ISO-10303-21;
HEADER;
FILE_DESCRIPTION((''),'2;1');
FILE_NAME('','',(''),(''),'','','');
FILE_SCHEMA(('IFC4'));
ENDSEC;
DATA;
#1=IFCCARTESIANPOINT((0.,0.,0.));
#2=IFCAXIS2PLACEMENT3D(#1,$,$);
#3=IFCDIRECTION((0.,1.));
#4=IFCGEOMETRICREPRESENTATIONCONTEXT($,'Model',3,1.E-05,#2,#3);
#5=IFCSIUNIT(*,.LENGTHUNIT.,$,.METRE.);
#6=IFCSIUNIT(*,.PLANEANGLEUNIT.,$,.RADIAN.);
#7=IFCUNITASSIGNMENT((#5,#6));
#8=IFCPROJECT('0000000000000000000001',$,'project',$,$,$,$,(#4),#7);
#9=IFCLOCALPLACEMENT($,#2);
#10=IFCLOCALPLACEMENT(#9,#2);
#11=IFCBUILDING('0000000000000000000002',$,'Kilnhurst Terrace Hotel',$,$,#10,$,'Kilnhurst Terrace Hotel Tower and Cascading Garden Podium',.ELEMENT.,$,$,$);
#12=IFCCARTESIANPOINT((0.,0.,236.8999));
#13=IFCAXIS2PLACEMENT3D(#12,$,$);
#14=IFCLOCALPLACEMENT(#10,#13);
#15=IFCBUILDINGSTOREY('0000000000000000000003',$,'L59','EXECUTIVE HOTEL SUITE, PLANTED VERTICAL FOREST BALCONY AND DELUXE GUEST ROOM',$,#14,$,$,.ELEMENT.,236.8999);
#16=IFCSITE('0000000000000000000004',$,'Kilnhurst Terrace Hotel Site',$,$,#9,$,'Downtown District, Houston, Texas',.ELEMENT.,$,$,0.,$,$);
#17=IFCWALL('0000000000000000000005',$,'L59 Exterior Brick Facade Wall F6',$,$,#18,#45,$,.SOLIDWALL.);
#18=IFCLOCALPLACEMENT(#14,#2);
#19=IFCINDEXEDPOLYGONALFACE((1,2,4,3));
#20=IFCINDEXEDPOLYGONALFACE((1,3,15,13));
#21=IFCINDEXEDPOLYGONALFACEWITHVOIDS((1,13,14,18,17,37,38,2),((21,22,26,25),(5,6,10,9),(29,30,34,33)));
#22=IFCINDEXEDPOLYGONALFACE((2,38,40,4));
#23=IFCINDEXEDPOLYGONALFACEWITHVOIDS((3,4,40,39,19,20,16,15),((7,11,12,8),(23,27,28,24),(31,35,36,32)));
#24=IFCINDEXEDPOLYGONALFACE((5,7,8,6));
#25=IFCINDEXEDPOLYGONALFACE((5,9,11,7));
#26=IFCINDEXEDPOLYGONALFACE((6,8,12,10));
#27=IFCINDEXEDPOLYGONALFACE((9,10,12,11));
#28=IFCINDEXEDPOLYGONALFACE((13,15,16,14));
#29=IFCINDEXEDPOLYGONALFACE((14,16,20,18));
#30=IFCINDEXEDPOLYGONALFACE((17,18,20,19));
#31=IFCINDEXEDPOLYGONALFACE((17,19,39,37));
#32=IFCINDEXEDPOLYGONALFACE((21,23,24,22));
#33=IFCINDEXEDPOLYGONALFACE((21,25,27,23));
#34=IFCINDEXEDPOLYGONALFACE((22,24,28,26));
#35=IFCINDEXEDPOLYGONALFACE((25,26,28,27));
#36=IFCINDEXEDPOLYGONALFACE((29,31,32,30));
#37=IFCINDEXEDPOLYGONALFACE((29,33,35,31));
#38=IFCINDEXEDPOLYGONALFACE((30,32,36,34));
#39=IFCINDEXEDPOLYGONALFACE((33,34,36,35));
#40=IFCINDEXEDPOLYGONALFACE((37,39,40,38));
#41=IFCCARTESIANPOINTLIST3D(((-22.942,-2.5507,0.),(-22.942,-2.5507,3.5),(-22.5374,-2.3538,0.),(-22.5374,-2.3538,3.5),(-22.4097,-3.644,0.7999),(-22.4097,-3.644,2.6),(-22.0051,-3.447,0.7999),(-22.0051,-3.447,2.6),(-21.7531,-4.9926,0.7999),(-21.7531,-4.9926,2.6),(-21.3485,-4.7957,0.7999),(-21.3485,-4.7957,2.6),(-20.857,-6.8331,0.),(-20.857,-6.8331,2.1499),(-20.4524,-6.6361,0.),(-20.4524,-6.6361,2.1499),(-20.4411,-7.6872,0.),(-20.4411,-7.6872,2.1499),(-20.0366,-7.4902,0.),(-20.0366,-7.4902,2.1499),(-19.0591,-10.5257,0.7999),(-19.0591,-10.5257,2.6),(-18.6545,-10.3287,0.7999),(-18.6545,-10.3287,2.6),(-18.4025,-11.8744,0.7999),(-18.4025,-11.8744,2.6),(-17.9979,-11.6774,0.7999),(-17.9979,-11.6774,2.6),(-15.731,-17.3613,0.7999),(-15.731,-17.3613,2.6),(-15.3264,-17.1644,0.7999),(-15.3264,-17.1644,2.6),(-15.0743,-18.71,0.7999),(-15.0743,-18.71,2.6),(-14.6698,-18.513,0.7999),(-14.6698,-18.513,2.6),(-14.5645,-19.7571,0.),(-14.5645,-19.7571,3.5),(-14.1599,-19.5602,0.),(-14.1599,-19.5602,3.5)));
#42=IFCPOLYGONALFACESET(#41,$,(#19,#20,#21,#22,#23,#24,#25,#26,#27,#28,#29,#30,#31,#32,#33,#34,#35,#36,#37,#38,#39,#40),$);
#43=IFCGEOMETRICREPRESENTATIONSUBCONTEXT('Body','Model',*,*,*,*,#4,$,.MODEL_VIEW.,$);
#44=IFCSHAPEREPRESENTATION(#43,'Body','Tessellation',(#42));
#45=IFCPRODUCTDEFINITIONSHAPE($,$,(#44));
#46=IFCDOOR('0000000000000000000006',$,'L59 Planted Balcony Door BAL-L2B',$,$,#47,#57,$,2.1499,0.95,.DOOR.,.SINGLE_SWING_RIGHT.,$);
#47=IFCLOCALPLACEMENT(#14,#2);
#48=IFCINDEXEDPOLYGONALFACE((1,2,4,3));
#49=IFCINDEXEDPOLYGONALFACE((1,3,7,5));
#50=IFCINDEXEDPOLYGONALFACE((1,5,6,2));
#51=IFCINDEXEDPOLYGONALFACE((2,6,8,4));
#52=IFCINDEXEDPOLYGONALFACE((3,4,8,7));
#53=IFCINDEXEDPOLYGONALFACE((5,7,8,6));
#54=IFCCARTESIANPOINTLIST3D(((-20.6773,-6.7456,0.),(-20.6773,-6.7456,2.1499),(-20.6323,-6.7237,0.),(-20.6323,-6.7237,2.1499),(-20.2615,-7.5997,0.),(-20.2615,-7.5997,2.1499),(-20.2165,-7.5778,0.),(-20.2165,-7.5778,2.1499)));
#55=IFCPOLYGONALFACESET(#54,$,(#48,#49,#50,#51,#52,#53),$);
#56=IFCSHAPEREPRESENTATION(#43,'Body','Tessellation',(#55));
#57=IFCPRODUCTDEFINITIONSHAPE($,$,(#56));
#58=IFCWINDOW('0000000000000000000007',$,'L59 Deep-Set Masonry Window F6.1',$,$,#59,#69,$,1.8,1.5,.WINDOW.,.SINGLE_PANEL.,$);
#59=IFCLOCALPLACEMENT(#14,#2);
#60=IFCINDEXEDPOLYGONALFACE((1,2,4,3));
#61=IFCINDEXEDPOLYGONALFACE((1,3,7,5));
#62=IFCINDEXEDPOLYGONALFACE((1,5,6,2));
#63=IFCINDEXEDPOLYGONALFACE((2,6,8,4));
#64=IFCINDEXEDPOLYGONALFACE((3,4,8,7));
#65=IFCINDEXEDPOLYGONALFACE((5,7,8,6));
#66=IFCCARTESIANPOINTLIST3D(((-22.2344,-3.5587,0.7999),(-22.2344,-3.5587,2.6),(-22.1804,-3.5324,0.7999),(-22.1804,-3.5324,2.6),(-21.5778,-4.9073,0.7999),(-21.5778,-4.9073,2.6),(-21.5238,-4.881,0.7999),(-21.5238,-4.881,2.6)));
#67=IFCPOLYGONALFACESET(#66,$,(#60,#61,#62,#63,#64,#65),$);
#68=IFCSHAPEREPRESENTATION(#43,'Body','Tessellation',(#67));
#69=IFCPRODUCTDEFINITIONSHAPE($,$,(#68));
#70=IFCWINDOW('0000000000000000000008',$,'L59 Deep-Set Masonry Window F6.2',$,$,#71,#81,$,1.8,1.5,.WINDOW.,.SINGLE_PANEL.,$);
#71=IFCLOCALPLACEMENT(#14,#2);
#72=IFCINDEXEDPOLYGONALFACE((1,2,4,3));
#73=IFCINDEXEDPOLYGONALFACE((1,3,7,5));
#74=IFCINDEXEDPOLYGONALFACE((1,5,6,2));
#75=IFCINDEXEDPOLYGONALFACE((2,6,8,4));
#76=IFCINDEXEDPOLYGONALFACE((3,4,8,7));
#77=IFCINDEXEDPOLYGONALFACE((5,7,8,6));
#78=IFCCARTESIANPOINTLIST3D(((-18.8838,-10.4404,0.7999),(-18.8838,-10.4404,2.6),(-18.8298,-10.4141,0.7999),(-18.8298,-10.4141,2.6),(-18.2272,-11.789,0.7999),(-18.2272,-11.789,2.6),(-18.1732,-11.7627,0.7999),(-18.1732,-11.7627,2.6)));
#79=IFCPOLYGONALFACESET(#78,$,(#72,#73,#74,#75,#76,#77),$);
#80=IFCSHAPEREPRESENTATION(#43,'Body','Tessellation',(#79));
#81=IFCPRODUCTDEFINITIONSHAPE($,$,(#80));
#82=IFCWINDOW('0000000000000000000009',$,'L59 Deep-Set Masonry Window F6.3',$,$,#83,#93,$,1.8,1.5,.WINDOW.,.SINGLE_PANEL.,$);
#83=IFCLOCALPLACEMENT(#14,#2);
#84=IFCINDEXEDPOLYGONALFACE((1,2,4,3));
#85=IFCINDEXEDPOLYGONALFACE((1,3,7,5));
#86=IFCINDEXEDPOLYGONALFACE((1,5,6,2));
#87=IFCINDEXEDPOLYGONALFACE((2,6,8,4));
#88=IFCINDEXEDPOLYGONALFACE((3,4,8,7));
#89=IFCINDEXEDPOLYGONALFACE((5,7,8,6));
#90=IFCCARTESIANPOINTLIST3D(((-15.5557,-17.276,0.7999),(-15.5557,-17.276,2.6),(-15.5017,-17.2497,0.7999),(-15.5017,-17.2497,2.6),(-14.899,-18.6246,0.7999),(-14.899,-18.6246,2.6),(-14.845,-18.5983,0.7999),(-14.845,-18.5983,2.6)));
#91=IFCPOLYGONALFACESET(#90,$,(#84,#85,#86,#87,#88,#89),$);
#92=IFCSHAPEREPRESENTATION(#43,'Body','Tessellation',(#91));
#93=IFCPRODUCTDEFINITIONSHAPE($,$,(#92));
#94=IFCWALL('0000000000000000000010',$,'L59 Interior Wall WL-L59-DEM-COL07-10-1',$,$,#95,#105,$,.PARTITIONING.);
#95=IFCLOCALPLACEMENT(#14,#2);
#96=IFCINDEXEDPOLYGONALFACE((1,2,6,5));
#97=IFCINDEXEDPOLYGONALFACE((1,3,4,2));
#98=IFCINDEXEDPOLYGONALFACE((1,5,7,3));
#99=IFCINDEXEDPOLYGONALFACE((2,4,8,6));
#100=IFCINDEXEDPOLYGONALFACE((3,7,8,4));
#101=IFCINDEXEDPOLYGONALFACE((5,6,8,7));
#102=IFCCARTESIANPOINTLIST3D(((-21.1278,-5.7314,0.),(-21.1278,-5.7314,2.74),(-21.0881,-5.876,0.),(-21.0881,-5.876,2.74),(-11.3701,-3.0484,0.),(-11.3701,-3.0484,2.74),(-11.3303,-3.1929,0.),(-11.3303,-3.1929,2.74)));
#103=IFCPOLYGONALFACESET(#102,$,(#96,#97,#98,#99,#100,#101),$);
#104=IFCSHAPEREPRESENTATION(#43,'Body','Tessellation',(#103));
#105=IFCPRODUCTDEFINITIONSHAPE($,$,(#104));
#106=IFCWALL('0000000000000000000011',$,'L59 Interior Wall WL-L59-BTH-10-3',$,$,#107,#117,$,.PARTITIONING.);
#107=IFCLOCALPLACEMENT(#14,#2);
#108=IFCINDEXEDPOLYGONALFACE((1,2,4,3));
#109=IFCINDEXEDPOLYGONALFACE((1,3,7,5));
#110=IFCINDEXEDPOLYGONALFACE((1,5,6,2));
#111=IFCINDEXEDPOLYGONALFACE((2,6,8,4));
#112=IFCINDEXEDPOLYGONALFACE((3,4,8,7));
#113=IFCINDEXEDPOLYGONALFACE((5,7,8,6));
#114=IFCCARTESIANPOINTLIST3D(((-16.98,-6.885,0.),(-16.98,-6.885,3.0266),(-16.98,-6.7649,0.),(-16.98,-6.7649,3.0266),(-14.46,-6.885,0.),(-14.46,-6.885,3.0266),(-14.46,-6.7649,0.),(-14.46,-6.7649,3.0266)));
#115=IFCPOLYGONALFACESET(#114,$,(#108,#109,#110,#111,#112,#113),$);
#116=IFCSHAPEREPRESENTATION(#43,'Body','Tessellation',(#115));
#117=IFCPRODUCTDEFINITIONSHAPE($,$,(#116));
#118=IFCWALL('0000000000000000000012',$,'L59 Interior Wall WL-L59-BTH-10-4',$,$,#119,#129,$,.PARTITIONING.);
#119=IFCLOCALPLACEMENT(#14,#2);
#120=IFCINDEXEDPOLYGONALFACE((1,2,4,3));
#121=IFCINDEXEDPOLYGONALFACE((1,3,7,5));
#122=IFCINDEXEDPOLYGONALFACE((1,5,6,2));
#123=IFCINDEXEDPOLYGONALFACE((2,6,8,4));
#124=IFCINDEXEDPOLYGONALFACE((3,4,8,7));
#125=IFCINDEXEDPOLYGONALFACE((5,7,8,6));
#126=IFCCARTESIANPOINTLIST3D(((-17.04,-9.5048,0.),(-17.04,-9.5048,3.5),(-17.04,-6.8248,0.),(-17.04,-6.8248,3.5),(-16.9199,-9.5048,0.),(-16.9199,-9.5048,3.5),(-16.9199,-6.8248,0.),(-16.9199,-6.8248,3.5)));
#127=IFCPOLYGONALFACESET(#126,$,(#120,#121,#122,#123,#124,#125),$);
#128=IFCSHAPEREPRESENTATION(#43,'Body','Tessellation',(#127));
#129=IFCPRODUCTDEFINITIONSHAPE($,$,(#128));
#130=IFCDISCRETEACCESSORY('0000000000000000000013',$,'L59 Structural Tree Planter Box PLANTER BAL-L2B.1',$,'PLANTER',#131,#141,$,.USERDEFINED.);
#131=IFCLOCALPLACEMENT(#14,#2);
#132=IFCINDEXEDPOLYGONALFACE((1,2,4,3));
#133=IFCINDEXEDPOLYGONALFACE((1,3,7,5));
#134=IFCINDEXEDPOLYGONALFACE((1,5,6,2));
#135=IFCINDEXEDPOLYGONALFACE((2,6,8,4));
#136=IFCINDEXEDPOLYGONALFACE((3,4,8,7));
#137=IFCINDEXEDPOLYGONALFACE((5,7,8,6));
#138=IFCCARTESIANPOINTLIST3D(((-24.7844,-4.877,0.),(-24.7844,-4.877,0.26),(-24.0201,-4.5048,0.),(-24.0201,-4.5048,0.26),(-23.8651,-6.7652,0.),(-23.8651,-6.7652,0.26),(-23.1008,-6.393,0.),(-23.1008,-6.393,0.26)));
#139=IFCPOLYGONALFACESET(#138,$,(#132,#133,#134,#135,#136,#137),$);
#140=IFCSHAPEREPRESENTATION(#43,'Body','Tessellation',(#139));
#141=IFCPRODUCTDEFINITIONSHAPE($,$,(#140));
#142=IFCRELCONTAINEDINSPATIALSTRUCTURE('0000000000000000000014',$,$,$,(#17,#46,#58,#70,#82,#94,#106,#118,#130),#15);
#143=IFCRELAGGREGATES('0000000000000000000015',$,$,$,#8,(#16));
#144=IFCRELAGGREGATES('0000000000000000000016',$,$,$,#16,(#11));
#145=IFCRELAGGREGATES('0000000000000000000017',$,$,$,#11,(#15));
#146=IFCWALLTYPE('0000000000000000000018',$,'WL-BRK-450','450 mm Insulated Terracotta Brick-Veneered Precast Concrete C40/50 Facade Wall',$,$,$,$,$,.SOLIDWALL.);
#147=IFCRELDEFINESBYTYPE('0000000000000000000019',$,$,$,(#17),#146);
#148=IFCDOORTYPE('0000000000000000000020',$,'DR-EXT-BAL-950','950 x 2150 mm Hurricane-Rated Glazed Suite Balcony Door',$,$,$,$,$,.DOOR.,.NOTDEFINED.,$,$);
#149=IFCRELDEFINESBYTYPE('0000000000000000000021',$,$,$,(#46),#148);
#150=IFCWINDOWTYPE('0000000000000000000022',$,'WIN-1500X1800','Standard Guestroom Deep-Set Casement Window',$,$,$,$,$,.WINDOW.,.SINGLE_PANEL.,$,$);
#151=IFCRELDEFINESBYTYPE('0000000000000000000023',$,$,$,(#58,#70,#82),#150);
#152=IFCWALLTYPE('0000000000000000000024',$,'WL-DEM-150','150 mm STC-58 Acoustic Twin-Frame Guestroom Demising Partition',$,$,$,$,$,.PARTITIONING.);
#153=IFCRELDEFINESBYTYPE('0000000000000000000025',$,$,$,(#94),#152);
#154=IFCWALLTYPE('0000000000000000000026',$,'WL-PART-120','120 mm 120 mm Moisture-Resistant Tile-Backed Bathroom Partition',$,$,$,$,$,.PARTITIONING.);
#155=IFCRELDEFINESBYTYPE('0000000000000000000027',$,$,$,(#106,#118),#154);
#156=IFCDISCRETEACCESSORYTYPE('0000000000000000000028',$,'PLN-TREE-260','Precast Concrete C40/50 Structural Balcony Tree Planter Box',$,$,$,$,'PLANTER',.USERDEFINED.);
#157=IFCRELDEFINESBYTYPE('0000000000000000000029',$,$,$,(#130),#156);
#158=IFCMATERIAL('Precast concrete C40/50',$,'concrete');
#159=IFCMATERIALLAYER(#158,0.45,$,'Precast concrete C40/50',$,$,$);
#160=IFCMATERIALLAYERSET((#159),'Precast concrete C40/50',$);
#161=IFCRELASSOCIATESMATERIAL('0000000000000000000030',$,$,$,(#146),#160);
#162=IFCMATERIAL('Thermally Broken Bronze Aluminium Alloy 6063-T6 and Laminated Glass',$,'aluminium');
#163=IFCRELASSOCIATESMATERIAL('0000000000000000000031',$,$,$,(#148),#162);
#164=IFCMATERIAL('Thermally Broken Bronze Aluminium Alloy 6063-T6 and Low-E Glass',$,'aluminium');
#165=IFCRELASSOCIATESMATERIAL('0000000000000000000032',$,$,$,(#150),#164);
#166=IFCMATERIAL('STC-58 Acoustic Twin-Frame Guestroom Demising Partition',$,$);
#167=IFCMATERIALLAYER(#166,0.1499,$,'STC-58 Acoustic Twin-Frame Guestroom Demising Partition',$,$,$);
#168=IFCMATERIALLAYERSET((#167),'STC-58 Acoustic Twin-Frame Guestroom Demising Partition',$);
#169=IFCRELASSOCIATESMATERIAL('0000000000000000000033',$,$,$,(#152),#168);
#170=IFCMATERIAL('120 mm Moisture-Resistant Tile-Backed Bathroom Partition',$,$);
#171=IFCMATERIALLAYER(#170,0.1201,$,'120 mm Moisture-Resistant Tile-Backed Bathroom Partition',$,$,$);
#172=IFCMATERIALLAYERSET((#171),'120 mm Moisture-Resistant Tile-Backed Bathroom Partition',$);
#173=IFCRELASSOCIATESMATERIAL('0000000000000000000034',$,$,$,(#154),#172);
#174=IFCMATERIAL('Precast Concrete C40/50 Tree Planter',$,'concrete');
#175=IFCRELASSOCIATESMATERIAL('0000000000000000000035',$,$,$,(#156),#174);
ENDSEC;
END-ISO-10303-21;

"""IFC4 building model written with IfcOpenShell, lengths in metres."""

from ifc_helpers import new_model, si_unit, direction, frame, frame_2d, origin, origin_2d, place, context, subcontext, project, spatial, rectangle, extrude, material, layer, layer_set, type_object, element, fill, save


model = new_model("IFC4")

# Units and contexts
model_context = context("Model", 3, precision=1e-05, world=origin(), true_north=direction((0.0, 1.0)))
body_context = subcontext(model_context, "Body", "Model", "MODEL_VIEW")
ifc_project = project(units=[si_unit("LENGTHUNIT", "METRE"), si_unit("PLANEANGLEUNIT", "RADIAN")], contexts=[model_context])

# Site, building, storey
site_placement = place(None, origin())
site = spatial("IfcSite", under=ifc_project, at=site_placement, Name="Kilnhurst Terrace Hotel Site", LongName="Downtown District, Houston, Texas", CompositionType="ELEMENT", RefElevation=0.0)
building_placement = place(site_placement, origin())
building = spatial("IfcBuilding", under=site, at=building_placement, Name="Kilnhurst Terrace Hotel", LongName="Kilnhurst Terrace Hotel Tower and Cascading Garden Podium", CompositionType="ELEMENT")
storey_placement = place(building_placement, frame((0.0, 0.0, 236.8999)))
storey = spatial("IfcBuildingStorey", under=building, at=storey_placement, Name="L59", Description="EXECUTIVE HOTEL SUITE, PLANTED VERTICAL FOREST BALCONY AND DELUXE GUEST ROOM", CompositionType="ELEMENT", Elevation=236.8999)

# Shared definitions
ifc_material_1 = material(Name="Precast concrete C40/50", Category="concrete")
ifc_layer_1 = layer(ifc_material_1, 0.45, Name="Precast concrete C40/50")
ifc_layer_set_1 = layer_set([ifc_layer_1], Name="Precast concrete C40/50")
wall_type_1 = type_object("IfcWallType", Name="WL-BRK-450", Description="450 mm Insulated Terracotta Brick-Veneered Precast Concrete C40/50 Facade Wall", PredefinedType="SOLIDWALL", material=ifc_layer_set_1)

# Wall, openings, door, windows
wall_1_placement = place(storey_placement, frame((-22.7397, -2.4521, 0.0), z_axis=(0.0, 0.0, 1.0), x_axis=(0.437753, -0.899095, 0.0)))
wall_1 = element("IfcWall", 1, at=wall_1_placement, inside=storey, type_object=wall_type_1, Name="L59 Exterior Brick Facade Wall F6", PredefinedType="SOLIDWALL", context=body_context, shape_type="SweptSolid", body=[
    extrude(rectangle(XDim=19.1375, YDim=0.45, at=frame_2d((9.5688, 0.0))), origin(), (0.0, 0.0, 1.0), 3.5),
])
opening_1_placement = place(wall_1_placement, frame((4.7629, 0.0, 0.0)))
opening_1 = element("IfcOpeningElement", 2, at=opening_1_placement, cuts=wall_1, PredefinedType="OPENING", context=body_context, shape_type="SweptSolid", body=[
    extrude(rectangle(XDim=0.95, YDim=2.1499, at=frame_2d((0.4751, 1.075))), frame((0.0, 0.2349, 0.0), z_axis=(0.0, -1.0, 0.0), x_axis=(1.0, 0.0, 0.0)), (0.0, 0.0, 1.0), 0.47),
])
opening_2_placement = place(wall_1_placement, frame((1.2161, 0.0, 0.8)))
opening_2 = element("IfcOpeningElement", 3, at=opening_2_placement, cuts=wall_1, PredefinedType="OPENING", context=body_context, shape_type="SweptSolid", body=[
    extrude(rectangle(XDim=1.5, YDim=1.8, at=frame_2d((0.75, 0.8999))), frame((0.0, 0.2349, 0.0), z_axis=(0.0, -1.0, 0.0), x_axis=(1.0, 0.0, 0.0)), (0.0, 0.0, 1.0), 0.47),
])
opening_3_placement = place(wall_1_placement, frame((8.8701, 0.0, 0.8)))
opening_3 = element("IfcOpeningElement", 4, at=opening_3_placement, cuts=wall_1, PredefinedType="OPENING", context=body_context, shape_type="SweptSolid", body=[
    extrude(rectangle(XDim=1.5, YDim=1.8, at=frame_2d((0.75, 0.8999))), frame((0.0, 0.2349, 0.0), z_axis=(0.0, -1.0, 0.0), x_axis=(1.0, 0.0, 0.0)), (0.0, 0.0, 1.0), 0.47),
])
opening_4_placement = place(wall_1_placement, frame((16.4729, 0.0, 0.8)))
opening_4 = element("IfcOpeningElement", 5, at=opening_4_placement, cuts=wall_1, PredefinedType="OPENING", context=body_context, shape_type="SweptSolid", body=[
    extrude(rectangle(XDim=1.5, YDim=1.8, at=frame_2d((0.75, 0.8999))), frame((0.0, 0.2349, 0.0), z_axis=(0.0, -1.0, 0.0), x_axis=(1.0, 0.0, 0.0)), (0.0, 0.0, 1.0), 0.47),
])
ifc_material_2 = material(Name="Thermally Broken Bronze Aluminium Alloy 6063-T6 and Laminated Glass", Category="aluminium")
door_type = type_object("IfcDoorType", Name="DR-EXT-BAL-950", Description="950 x 2150 mm Hurricane-Rated Glazed Suite Balcony Door", OperationType="NOTDEFINED", PredefinedType="DOOR", material=ifc_material_2)
door_placement = place(opening_1_placement, origin())
door = element("IfcDoor", 6, at=door_placement, inside=storey, type_object=door_type, Name="L59 Planted Balcony Door BAL-L2B", OperationType="SINGLE_SWING_RIGHT", OverallHeight=2.1499, OverallWidth=0.95, PredefinedType="DOOR", context=body_context, shape_type="SweptSolid", body=[
    extrude(rectangle(XDim=0.95, YDim=2.1499, at=frame_2d((0.4751, 1.075))), frame((0.0, 0.0249, 0.0), z_axis=(0.0, -1.0, 0.0), x_axis=(1.0, 0.0, 0.0)), (0.0, 0.0, 1.0), 0.05),
])
fill(opening_1, door)
ifc_material_3 = material(Name="Thermally Broken Bronze Aluminium Alloy 6063-T6 and Low-E Glass", Category="aluminium")
window_type = type_object("IfcWindowType", Name="WIN-1500X1800", Description="Standard Guestroom Deep-Set Casement Window", PartitioningType="SINGLE_PANEL", PredefinedType="WINDOW", material=ifc_material_3)
window_1_placement = place(opening_2_placement, origin())
window_1 = element("IfcWindow", 7, at=window_1_placement, inside=storey, type_object=window_type, Name="L59 Deep-Set Masonry Window F6.1", OverallHeight=1.8, OverallWidth=1.5, PartitioningType="SINGLE_PANEL", PredefinedType="WINDOW", context=body_context, shape_type="SweptSolid", body=[
    extrude(rectangle(XDim=1.5, YDim=1.8, at=frame_2d((0.75, 0.8999))), frame((0.0, 0.03, 0.0), z_axis=(0.0, -1.0, 0.0), x_axis=(1.0, 0.0, 0.0)), (0.0, 0.0, 1.0), 0.0601),
])
fill(opening_2, window_1)
window_2_placement = place(opening_3_placement, origin())
window_2 = element("IfcWindow", 8, at=window_2_placement, inside=storey, type_object=window_type, Name="L59 Deep-Set Masonry Window F6.2", OverallHeight=1.8, OverallWidth=1.5, PartitioningType="SINGLE_PANEL", PredefinedType="WINDOW", context=body_context, shape_type="SweptSolid", body=[
    extrude(rectangle(XDim=1.5, YDim=1.8, at=frame_2d((0.75, 0.8999))), frame((0.0, 0.03, 0.0), z_axis=(0.0, -1.0, 0.0), x_axis=(1.0, 0.0, 0.0)), (0.0, 0.0, 1.0), 0.0601),
])
fill(opening_3, window_2)
window_3_placement = place(opening_4_placement, origin())
window_3 = element("IfcWindow", 9, at=window_3_placement, inside=storey, type_object=window_type, Name="L59 Deep-Set Masonry Window F6.3", OverallHeight=1.8, OverallWidth=1.5, PartitioningType="SINGLE_PANEL", PredefinedType="WINDOW", context=body_context, shape_type="SweptSolid", body=[
    extrude(rectangle(XDim=1.5, YDim=1.8, at=frame_2d((0.75, 0.8999))), frame((0.0, 0.03, 0.0), z_axis=(0.0, -1.0, 0.0), x_axis=(1.0, 0.0, 0.0)), (0.0, 0.0, 1.0), 0.0601),
])
fill(opening_4, window_3)

# Walls
ifc_material_4 = material(Name="STC-58 Acoustic Twin-Frame Guestroom Demising Partition")
ifc_layer_2 = layer(ifc_material_4, 0.1499, Name="STC-58 Acoustic Twin-Frame Guestroom Demising Partition")
ifc_layer_set_2 = layer_set([ifc_layer_2], Name="STC-58 Acoustic Twin-Frame Guestroom Demising Partition")
wall_type_2 = type_object("IfcWallType", Name="WL-DEM-150", Description="150 mm STC-58 Acoustic Twin-Frame Guestroom Demising Partition", PredefinedType="PARTITIONING", material=ifc_layer_set_2)
wall_2_placement = place(storey_placement, frame((-11.3501, -3.1206, 0.0), z_axis=(0.0, 0.0, 1.0), x_axis=(-0.964213, -0.26513, 0.0)))
element("IfcWall", 10, at=wall_2_placement, inside=storey, type_object=wall_type_2, Name="L59 Interior Wall WL-L59-DEM-COL07-10-1", PredefinedType="PARTITIONING", context=body_context, shape_type="SweptSolid", body=[
    extrude(rectangle(XDim=10.1199, YDim=0.1499, at=frame_2d((5.0601, 0.0))), origin(), (0.0, 0.0, 1.0), 2.74),
])
ifc_material_5 = material(Name="120 mm Moisture-Resistant Tile-Backed Bathroom Partition")
ifc_layer_3 = layer(ifc_material_5, 0.1201, Name="120 mm Moisture-Resistant Tile-Backed Bathroom Partition")
ifc_layer_set_3 = layer_set([ifc_layer_3], Name="120 mm Moisture-Resistant Tile-Backed Bathroom Partition")
wall_type_3 = type_object("IfcWallType", Name="WL-PART-120", Description="120 mm 120 mm Moisture-Resistant Tile-Backed Bathroom Partition", PredefinedType="PARTITIONING", material=ifc_layer_set_3)
wall_3_placement = place(storey_placement, frame((-14.46, -6.825, 0.0), z_axis=(0.0, 0.0, 1.0), x_axis=(-1.0, 0.0, 0.0)))
element("IfcWall", 11, at=wall_3_placement, inside=storey, type_object=wall_type_3, Name="L59 Interior Wall WL-L59-BTH-10-3", PredefinedType="PARTITIONING", context=body_context, shape_type="SweptSolid", body=[
    extrude(rectangle(XDim=2.52, YDim=0.1201, at=frame_2d((1.26, 0.0))), origin(), (0.0, 0.0, 1.0), 3.0266),
])
wall_4_placement = place(storey_placement, frame((-16.98, -6.825, 0.0), z_axis=(0.0, 0.0, 1.0), x_axis=(0.0, -1.0, 0.0)))
element("IfcWall", 12, at=wall_4_placement, inside=storey, type_object=wall_type_3, Name="L59 Interior Wall WL-L59-BTH-10-4", PredefinedType="PARTITIONING", context=body_context, shape_type="SweptSolid", body=[
    extrude(rectangle(XDim=2.6799, YDim=0.1201, at=frame_2d((1.3398, 0.0))), origin(), (0.0, 0.0, 1.0), 3.5),
])

# Discrete accessory
ifc_material_6 = material(Name="Precast Concrete C40/50 Tree Planter", Category="concrete")
discrete_accessory_type = type_object("IfcDiscreteAccessoryType", Name="PLN-TREE-260", Description="Precast Concrete C40/50 Structural Balcony Tree Planter Box", ElementType="PLANTER", PredefinedType="USERDEFINED", material=ifc_material_6)
discrete_accessory_placement = place(storey_placement, frame((-23.9426, -5.635, 0.0), z_axis=(0.0, 0.0, 1.0), x_axis=(0.437744, -0.8991, 0.0)))
element("IfcDiscreteAccessory", 13, at=discrete_accessory_placement, inside=storey, type_object=discrete_accessory_type, Name="L59 Structural Tree Planter Box PLANTER BAL-L2B.1", ObjectType="PLANTER", PredefinedType="USERDEFINED", context=body_context, shape_type="SweptSolid", body=[
    extrude(rectangle(XDim=2.1001, YDim=0.8501, at=origin_2d()), origin(), (0.0, 0.0, 1.0), 0.26),
])

save(model, "model.ifc")
